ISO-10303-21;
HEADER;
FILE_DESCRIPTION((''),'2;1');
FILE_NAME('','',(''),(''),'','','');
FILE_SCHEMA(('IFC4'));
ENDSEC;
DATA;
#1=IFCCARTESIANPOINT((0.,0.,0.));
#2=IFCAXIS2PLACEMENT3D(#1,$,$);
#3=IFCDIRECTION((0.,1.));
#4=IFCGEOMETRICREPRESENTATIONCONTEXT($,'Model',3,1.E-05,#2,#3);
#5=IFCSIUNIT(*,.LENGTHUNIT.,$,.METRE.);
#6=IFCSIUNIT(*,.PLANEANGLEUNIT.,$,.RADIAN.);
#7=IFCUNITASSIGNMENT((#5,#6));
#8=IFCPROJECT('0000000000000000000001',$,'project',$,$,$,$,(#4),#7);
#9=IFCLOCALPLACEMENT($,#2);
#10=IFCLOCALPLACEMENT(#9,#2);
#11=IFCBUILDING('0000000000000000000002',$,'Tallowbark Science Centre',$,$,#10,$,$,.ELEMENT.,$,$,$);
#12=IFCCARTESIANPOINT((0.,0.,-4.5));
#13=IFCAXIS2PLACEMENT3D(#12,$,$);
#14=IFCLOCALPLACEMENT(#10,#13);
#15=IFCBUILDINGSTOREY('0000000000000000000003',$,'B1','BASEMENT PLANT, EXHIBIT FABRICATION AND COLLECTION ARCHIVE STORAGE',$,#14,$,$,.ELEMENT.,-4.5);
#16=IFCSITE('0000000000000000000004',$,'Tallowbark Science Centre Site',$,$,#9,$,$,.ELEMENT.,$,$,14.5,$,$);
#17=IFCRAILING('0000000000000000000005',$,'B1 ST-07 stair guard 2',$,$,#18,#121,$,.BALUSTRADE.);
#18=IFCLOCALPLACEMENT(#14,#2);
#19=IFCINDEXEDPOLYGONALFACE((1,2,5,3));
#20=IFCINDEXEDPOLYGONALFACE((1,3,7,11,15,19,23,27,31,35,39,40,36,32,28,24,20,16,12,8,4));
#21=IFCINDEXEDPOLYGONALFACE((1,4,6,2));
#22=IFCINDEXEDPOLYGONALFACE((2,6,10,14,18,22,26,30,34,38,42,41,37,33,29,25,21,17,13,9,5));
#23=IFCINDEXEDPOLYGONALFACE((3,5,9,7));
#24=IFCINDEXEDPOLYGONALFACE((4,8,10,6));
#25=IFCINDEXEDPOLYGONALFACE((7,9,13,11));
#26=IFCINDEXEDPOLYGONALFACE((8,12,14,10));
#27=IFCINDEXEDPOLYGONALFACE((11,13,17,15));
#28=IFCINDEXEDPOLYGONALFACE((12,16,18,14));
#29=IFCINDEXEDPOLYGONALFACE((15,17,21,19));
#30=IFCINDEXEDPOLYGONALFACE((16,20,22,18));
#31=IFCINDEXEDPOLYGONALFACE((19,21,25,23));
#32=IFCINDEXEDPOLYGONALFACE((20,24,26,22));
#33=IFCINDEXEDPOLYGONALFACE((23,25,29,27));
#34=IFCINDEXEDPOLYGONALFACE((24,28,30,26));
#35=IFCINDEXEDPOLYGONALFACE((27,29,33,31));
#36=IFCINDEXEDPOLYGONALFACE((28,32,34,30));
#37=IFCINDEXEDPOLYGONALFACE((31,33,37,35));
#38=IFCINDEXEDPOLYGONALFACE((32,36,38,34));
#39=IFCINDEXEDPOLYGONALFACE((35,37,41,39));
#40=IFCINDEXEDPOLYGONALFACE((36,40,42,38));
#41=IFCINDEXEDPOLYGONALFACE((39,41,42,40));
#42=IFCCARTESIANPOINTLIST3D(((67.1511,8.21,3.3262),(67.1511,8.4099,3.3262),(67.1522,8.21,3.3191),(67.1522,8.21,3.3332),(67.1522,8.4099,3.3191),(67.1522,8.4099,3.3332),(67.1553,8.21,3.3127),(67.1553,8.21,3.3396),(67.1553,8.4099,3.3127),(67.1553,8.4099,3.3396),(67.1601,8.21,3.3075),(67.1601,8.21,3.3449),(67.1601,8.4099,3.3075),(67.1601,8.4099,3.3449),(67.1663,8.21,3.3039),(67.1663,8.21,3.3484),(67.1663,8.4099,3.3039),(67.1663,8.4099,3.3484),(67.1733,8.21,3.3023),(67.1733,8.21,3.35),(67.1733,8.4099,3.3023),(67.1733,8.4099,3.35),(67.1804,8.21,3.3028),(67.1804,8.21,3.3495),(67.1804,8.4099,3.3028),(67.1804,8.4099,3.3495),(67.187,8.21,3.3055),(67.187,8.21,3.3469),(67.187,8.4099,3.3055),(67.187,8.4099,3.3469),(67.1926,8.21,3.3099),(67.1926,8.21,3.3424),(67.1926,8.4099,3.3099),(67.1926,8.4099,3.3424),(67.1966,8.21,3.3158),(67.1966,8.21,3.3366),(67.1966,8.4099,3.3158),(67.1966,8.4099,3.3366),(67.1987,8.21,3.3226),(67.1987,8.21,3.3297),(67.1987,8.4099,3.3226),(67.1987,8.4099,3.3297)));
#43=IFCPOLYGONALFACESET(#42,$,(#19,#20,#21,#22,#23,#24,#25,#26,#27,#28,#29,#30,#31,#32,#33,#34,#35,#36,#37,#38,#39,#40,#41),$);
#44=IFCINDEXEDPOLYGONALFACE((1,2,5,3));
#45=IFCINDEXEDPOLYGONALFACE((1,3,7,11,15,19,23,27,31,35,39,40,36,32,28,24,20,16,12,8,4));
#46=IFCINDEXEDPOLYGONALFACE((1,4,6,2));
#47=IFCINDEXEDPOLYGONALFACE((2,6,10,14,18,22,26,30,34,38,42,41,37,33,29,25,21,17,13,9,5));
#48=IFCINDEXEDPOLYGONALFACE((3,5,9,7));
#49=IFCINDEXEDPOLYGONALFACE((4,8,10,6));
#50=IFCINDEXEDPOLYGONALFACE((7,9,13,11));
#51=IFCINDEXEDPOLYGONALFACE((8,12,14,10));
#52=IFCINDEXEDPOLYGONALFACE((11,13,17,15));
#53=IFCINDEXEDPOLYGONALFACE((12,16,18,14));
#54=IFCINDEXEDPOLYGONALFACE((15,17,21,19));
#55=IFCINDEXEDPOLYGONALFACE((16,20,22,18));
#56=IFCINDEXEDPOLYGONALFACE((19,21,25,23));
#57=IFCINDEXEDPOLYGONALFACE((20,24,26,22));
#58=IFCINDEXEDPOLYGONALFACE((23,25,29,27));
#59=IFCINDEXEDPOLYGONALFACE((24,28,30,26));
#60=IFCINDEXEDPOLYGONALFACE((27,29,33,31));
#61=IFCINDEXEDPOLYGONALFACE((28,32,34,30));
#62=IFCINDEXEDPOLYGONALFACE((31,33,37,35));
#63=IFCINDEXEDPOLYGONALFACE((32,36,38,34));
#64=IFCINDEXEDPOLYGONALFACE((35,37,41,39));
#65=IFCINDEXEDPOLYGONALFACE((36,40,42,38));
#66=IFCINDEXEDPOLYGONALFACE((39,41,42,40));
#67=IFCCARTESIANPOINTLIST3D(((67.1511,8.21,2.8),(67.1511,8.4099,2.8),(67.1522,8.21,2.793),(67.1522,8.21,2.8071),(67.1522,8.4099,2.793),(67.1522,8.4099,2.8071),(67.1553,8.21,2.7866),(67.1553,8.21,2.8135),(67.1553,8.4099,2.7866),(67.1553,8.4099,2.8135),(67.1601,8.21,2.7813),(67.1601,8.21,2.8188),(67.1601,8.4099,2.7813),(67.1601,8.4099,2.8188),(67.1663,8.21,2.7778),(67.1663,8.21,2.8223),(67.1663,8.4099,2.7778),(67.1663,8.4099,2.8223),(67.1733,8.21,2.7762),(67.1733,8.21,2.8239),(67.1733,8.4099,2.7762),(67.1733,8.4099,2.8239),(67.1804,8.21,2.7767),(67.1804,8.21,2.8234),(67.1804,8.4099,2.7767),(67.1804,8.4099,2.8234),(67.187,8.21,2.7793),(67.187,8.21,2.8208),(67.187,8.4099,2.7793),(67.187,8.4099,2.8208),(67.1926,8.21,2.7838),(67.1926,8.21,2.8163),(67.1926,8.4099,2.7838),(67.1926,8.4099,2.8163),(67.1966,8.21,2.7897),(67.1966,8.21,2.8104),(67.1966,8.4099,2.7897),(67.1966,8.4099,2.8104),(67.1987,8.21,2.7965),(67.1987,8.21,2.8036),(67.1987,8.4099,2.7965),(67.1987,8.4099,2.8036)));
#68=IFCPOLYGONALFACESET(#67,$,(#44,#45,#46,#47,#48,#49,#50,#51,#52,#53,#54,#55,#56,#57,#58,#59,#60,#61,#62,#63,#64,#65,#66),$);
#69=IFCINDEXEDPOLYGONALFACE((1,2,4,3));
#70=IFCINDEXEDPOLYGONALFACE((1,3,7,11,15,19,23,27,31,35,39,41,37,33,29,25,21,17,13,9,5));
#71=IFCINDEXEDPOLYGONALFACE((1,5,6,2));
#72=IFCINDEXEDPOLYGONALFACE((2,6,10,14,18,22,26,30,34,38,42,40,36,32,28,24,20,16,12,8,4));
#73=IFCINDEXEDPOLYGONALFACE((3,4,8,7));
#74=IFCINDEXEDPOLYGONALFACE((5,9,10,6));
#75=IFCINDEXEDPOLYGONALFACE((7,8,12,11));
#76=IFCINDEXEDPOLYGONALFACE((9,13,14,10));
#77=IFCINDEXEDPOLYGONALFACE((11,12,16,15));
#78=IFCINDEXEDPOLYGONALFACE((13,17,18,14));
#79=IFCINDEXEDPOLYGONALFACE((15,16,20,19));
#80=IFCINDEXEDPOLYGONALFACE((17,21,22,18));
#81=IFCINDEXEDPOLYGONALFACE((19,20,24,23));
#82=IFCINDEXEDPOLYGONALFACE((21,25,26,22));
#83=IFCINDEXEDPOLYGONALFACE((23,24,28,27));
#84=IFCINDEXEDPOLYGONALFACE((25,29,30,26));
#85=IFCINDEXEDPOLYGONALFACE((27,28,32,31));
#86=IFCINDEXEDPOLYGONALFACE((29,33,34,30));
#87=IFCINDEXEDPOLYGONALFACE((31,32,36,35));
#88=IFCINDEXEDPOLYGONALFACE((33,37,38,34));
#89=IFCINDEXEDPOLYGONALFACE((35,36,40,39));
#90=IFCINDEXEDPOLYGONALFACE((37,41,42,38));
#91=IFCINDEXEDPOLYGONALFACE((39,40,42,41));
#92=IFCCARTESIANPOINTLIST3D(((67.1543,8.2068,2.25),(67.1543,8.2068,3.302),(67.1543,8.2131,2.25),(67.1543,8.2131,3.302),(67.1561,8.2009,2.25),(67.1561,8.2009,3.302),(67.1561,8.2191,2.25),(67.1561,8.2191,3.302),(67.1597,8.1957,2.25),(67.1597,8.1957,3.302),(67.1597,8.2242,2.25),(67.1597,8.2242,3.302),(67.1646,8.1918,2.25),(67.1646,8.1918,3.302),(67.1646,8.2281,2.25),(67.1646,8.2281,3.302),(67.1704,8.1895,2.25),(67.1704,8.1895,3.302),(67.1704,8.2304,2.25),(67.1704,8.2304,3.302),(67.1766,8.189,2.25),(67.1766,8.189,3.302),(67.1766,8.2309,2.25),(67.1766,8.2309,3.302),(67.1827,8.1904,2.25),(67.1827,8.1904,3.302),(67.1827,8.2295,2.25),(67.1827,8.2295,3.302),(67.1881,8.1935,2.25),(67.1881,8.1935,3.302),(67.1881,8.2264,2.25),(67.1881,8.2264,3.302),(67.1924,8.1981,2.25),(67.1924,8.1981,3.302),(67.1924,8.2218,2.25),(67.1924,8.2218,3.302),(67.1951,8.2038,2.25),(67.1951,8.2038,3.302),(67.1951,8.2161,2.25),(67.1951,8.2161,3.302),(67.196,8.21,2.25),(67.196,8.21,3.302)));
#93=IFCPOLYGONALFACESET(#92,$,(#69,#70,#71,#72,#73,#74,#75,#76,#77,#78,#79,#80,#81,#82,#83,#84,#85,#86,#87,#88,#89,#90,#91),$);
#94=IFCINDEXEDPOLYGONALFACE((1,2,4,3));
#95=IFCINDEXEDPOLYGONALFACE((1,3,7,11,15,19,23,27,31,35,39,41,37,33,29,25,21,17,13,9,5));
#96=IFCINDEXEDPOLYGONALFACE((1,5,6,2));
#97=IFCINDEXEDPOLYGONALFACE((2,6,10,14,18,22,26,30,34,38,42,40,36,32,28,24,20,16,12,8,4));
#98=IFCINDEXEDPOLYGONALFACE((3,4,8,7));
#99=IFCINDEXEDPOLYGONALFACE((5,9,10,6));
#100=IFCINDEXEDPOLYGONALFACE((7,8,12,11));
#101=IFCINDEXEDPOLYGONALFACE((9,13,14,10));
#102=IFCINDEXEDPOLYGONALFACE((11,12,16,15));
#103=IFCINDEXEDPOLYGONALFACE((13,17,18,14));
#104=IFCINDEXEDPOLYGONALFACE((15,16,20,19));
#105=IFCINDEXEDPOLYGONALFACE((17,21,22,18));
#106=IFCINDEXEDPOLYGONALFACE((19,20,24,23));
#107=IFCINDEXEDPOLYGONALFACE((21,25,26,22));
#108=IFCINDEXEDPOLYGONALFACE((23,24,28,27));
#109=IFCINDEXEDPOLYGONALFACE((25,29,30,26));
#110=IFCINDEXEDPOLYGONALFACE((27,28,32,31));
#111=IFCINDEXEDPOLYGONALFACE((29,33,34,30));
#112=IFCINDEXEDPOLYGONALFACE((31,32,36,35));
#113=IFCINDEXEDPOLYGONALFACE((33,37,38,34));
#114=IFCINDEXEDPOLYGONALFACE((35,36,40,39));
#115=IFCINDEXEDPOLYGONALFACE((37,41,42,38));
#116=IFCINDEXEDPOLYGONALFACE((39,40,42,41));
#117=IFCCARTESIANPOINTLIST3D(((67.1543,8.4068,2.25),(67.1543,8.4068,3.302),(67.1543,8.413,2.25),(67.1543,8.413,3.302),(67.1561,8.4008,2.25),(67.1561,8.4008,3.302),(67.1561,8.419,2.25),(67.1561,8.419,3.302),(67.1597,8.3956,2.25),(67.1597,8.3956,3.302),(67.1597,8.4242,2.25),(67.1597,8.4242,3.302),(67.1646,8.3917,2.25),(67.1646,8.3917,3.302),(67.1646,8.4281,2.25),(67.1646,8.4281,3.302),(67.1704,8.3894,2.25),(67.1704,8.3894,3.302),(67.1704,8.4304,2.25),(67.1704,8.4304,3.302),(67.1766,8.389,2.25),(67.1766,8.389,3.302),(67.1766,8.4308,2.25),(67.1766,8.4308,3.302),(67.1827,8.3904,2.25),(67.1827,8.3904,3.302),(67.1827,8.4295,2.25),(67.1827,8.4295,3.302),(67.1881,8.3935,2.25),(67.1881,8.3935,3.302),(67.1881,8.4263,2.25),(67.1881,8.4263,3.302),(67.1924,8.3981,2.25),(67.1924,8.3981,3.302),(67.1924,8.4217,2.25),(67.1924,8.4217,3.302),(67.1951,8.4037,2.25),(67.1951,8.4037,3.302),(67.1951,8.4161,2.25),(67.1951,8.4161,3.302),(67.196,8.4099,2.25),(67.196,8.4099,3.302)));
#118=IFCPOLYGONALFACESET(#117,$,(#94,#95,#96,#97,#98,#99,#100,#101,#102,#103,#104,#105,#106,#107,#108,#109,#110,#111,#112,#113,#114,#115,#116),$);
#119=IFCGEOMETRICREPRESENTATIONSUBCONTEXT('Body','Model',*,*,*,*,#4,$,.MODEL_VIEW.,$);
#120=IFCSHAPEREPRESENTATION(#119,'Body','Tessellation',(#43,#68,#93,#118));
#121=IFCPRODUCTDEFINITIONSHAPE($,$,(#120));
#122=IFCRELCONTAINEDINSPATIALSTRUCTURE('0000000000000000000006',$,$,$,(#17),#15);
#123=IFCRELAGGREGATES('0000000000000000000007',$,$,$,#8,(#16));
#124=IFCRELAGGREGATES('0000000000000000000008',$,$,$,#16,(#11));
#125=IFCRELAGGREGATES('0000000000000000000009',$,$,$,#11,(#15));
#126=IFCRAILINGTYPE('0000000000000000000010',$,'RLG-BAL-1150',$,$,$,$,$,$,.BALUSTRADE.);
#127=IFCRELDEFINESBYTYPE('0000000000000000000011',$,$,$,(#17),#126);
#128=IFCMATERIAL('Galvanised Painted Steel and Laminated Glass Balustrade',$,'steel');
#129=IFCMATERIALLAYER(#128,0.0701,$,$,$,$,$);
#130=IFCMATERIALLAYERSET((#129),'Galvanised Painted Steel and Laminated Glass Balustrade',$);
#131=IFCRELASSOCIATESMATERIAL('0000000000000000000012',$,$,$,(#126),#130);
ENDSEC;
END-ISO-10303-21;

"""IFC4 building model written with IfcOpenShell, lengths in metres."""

from ifc_helpers import new_model, si_unit, direction, frame, origin, origin_2d, place, context, subcontext, project, spatial, circle, extrude, material, layer, layer_set, type_object, element, save


model = new_model("IFC4")

# Units and contexts
model_context = context("Model", 3, precision=1e-05, world=origin(), true_north=direction((0.0, 1.0)))
body_context = subcontext(model_context, "Body", "Model", "MODEL_VIEW")
ifc_project = project(units=[si_unit("LENGTHUNIT", "METRE"), si_unit("PLANEANGLEUNIT", "RADIAN")], contexts=[model_context])

# Site, building, storey
site_placement = place(None, origin())
site = spatial("IfcSite", under=ifc_project, at=site_placement, Name="Tallowbark Science Centre Site", CompositionType="ELEMENT", RefElevation=14.5)
building_placement = place(site_placement, origin())
building = spatial("IfcBuilding", under=site, at=building_placement, Name="Tallowbark Science Centre", CompositionType="ELEMENT")
storey_placement = place(building_placement, frame((0.0, 0.0, -4.5)))
storey = spatial("IfcBuildingStorey", under=building, at=storey_placement, Name="B1", Description="BASEMENT PLANT, EXHIBIT FABRICATION AND COLLECTION ARCHIVE STORAGE", CompositionType="ELEMENT", Elevation=-4.5)

# Railing
ifc_material_1 = material(Name="Galvanised Painted Steel and Laminated Glass Balustrade", Category="steel")
ifc_layer_1 = layer(ifc_material_1, 0.0701)
ifc_layer_set_1 = layer_set([ifc_layer_1], Name="Galvanised Painted Steel and Laminated Glass Balustrade")
railing_type_1 = type_object("IfcRailingType", Name="RLG-BAL-1150", PredefinedType="BALUSTRADE", material=ifc_layer_set_1)
railing_1_placement = place(storey_placement, frame((67.175, 8.21, 2.25)))
element("IfcRailing", 1, at=railing_1_placement, inside=storey, type_object=railing_type_1, Name="B1 ST-07 stair guard 2", PredefinedType="BALUSTRADE", context=body_context, shape_type="SweptSolid", body=[
    extrude(circle(Radius=0.0239, at=origin_2d()), frame((0.0, 0.0, 1.0762), z_axis=(0.0, 1.0, 0.0), x_axis=(-1.0, 0.0, 0.0)), (0.0, 0.0, 1.0), 0.2),
    extrude(circle(Radius=0.0239, at=origin_2d()), frame((0.0, 0.0, 0.55), z_axis=(0.0, 1.0, 0.0), x_axis=(-1.0, 0.0, 0.0)), (0.0, 0.0, 1.0), 0.2),
    extrude(circle(Radius=0.021, at=origin_2d()), origin(), (0.0, 0.0, 1.0), 1.052),
    extrude(circle(Radius=0.021, at=origin_2d()), frame((0.0, 0.2, 0.0)), (0.0, 0.0, 1.0), 1.052),
])

save(model, "model.ifc")
